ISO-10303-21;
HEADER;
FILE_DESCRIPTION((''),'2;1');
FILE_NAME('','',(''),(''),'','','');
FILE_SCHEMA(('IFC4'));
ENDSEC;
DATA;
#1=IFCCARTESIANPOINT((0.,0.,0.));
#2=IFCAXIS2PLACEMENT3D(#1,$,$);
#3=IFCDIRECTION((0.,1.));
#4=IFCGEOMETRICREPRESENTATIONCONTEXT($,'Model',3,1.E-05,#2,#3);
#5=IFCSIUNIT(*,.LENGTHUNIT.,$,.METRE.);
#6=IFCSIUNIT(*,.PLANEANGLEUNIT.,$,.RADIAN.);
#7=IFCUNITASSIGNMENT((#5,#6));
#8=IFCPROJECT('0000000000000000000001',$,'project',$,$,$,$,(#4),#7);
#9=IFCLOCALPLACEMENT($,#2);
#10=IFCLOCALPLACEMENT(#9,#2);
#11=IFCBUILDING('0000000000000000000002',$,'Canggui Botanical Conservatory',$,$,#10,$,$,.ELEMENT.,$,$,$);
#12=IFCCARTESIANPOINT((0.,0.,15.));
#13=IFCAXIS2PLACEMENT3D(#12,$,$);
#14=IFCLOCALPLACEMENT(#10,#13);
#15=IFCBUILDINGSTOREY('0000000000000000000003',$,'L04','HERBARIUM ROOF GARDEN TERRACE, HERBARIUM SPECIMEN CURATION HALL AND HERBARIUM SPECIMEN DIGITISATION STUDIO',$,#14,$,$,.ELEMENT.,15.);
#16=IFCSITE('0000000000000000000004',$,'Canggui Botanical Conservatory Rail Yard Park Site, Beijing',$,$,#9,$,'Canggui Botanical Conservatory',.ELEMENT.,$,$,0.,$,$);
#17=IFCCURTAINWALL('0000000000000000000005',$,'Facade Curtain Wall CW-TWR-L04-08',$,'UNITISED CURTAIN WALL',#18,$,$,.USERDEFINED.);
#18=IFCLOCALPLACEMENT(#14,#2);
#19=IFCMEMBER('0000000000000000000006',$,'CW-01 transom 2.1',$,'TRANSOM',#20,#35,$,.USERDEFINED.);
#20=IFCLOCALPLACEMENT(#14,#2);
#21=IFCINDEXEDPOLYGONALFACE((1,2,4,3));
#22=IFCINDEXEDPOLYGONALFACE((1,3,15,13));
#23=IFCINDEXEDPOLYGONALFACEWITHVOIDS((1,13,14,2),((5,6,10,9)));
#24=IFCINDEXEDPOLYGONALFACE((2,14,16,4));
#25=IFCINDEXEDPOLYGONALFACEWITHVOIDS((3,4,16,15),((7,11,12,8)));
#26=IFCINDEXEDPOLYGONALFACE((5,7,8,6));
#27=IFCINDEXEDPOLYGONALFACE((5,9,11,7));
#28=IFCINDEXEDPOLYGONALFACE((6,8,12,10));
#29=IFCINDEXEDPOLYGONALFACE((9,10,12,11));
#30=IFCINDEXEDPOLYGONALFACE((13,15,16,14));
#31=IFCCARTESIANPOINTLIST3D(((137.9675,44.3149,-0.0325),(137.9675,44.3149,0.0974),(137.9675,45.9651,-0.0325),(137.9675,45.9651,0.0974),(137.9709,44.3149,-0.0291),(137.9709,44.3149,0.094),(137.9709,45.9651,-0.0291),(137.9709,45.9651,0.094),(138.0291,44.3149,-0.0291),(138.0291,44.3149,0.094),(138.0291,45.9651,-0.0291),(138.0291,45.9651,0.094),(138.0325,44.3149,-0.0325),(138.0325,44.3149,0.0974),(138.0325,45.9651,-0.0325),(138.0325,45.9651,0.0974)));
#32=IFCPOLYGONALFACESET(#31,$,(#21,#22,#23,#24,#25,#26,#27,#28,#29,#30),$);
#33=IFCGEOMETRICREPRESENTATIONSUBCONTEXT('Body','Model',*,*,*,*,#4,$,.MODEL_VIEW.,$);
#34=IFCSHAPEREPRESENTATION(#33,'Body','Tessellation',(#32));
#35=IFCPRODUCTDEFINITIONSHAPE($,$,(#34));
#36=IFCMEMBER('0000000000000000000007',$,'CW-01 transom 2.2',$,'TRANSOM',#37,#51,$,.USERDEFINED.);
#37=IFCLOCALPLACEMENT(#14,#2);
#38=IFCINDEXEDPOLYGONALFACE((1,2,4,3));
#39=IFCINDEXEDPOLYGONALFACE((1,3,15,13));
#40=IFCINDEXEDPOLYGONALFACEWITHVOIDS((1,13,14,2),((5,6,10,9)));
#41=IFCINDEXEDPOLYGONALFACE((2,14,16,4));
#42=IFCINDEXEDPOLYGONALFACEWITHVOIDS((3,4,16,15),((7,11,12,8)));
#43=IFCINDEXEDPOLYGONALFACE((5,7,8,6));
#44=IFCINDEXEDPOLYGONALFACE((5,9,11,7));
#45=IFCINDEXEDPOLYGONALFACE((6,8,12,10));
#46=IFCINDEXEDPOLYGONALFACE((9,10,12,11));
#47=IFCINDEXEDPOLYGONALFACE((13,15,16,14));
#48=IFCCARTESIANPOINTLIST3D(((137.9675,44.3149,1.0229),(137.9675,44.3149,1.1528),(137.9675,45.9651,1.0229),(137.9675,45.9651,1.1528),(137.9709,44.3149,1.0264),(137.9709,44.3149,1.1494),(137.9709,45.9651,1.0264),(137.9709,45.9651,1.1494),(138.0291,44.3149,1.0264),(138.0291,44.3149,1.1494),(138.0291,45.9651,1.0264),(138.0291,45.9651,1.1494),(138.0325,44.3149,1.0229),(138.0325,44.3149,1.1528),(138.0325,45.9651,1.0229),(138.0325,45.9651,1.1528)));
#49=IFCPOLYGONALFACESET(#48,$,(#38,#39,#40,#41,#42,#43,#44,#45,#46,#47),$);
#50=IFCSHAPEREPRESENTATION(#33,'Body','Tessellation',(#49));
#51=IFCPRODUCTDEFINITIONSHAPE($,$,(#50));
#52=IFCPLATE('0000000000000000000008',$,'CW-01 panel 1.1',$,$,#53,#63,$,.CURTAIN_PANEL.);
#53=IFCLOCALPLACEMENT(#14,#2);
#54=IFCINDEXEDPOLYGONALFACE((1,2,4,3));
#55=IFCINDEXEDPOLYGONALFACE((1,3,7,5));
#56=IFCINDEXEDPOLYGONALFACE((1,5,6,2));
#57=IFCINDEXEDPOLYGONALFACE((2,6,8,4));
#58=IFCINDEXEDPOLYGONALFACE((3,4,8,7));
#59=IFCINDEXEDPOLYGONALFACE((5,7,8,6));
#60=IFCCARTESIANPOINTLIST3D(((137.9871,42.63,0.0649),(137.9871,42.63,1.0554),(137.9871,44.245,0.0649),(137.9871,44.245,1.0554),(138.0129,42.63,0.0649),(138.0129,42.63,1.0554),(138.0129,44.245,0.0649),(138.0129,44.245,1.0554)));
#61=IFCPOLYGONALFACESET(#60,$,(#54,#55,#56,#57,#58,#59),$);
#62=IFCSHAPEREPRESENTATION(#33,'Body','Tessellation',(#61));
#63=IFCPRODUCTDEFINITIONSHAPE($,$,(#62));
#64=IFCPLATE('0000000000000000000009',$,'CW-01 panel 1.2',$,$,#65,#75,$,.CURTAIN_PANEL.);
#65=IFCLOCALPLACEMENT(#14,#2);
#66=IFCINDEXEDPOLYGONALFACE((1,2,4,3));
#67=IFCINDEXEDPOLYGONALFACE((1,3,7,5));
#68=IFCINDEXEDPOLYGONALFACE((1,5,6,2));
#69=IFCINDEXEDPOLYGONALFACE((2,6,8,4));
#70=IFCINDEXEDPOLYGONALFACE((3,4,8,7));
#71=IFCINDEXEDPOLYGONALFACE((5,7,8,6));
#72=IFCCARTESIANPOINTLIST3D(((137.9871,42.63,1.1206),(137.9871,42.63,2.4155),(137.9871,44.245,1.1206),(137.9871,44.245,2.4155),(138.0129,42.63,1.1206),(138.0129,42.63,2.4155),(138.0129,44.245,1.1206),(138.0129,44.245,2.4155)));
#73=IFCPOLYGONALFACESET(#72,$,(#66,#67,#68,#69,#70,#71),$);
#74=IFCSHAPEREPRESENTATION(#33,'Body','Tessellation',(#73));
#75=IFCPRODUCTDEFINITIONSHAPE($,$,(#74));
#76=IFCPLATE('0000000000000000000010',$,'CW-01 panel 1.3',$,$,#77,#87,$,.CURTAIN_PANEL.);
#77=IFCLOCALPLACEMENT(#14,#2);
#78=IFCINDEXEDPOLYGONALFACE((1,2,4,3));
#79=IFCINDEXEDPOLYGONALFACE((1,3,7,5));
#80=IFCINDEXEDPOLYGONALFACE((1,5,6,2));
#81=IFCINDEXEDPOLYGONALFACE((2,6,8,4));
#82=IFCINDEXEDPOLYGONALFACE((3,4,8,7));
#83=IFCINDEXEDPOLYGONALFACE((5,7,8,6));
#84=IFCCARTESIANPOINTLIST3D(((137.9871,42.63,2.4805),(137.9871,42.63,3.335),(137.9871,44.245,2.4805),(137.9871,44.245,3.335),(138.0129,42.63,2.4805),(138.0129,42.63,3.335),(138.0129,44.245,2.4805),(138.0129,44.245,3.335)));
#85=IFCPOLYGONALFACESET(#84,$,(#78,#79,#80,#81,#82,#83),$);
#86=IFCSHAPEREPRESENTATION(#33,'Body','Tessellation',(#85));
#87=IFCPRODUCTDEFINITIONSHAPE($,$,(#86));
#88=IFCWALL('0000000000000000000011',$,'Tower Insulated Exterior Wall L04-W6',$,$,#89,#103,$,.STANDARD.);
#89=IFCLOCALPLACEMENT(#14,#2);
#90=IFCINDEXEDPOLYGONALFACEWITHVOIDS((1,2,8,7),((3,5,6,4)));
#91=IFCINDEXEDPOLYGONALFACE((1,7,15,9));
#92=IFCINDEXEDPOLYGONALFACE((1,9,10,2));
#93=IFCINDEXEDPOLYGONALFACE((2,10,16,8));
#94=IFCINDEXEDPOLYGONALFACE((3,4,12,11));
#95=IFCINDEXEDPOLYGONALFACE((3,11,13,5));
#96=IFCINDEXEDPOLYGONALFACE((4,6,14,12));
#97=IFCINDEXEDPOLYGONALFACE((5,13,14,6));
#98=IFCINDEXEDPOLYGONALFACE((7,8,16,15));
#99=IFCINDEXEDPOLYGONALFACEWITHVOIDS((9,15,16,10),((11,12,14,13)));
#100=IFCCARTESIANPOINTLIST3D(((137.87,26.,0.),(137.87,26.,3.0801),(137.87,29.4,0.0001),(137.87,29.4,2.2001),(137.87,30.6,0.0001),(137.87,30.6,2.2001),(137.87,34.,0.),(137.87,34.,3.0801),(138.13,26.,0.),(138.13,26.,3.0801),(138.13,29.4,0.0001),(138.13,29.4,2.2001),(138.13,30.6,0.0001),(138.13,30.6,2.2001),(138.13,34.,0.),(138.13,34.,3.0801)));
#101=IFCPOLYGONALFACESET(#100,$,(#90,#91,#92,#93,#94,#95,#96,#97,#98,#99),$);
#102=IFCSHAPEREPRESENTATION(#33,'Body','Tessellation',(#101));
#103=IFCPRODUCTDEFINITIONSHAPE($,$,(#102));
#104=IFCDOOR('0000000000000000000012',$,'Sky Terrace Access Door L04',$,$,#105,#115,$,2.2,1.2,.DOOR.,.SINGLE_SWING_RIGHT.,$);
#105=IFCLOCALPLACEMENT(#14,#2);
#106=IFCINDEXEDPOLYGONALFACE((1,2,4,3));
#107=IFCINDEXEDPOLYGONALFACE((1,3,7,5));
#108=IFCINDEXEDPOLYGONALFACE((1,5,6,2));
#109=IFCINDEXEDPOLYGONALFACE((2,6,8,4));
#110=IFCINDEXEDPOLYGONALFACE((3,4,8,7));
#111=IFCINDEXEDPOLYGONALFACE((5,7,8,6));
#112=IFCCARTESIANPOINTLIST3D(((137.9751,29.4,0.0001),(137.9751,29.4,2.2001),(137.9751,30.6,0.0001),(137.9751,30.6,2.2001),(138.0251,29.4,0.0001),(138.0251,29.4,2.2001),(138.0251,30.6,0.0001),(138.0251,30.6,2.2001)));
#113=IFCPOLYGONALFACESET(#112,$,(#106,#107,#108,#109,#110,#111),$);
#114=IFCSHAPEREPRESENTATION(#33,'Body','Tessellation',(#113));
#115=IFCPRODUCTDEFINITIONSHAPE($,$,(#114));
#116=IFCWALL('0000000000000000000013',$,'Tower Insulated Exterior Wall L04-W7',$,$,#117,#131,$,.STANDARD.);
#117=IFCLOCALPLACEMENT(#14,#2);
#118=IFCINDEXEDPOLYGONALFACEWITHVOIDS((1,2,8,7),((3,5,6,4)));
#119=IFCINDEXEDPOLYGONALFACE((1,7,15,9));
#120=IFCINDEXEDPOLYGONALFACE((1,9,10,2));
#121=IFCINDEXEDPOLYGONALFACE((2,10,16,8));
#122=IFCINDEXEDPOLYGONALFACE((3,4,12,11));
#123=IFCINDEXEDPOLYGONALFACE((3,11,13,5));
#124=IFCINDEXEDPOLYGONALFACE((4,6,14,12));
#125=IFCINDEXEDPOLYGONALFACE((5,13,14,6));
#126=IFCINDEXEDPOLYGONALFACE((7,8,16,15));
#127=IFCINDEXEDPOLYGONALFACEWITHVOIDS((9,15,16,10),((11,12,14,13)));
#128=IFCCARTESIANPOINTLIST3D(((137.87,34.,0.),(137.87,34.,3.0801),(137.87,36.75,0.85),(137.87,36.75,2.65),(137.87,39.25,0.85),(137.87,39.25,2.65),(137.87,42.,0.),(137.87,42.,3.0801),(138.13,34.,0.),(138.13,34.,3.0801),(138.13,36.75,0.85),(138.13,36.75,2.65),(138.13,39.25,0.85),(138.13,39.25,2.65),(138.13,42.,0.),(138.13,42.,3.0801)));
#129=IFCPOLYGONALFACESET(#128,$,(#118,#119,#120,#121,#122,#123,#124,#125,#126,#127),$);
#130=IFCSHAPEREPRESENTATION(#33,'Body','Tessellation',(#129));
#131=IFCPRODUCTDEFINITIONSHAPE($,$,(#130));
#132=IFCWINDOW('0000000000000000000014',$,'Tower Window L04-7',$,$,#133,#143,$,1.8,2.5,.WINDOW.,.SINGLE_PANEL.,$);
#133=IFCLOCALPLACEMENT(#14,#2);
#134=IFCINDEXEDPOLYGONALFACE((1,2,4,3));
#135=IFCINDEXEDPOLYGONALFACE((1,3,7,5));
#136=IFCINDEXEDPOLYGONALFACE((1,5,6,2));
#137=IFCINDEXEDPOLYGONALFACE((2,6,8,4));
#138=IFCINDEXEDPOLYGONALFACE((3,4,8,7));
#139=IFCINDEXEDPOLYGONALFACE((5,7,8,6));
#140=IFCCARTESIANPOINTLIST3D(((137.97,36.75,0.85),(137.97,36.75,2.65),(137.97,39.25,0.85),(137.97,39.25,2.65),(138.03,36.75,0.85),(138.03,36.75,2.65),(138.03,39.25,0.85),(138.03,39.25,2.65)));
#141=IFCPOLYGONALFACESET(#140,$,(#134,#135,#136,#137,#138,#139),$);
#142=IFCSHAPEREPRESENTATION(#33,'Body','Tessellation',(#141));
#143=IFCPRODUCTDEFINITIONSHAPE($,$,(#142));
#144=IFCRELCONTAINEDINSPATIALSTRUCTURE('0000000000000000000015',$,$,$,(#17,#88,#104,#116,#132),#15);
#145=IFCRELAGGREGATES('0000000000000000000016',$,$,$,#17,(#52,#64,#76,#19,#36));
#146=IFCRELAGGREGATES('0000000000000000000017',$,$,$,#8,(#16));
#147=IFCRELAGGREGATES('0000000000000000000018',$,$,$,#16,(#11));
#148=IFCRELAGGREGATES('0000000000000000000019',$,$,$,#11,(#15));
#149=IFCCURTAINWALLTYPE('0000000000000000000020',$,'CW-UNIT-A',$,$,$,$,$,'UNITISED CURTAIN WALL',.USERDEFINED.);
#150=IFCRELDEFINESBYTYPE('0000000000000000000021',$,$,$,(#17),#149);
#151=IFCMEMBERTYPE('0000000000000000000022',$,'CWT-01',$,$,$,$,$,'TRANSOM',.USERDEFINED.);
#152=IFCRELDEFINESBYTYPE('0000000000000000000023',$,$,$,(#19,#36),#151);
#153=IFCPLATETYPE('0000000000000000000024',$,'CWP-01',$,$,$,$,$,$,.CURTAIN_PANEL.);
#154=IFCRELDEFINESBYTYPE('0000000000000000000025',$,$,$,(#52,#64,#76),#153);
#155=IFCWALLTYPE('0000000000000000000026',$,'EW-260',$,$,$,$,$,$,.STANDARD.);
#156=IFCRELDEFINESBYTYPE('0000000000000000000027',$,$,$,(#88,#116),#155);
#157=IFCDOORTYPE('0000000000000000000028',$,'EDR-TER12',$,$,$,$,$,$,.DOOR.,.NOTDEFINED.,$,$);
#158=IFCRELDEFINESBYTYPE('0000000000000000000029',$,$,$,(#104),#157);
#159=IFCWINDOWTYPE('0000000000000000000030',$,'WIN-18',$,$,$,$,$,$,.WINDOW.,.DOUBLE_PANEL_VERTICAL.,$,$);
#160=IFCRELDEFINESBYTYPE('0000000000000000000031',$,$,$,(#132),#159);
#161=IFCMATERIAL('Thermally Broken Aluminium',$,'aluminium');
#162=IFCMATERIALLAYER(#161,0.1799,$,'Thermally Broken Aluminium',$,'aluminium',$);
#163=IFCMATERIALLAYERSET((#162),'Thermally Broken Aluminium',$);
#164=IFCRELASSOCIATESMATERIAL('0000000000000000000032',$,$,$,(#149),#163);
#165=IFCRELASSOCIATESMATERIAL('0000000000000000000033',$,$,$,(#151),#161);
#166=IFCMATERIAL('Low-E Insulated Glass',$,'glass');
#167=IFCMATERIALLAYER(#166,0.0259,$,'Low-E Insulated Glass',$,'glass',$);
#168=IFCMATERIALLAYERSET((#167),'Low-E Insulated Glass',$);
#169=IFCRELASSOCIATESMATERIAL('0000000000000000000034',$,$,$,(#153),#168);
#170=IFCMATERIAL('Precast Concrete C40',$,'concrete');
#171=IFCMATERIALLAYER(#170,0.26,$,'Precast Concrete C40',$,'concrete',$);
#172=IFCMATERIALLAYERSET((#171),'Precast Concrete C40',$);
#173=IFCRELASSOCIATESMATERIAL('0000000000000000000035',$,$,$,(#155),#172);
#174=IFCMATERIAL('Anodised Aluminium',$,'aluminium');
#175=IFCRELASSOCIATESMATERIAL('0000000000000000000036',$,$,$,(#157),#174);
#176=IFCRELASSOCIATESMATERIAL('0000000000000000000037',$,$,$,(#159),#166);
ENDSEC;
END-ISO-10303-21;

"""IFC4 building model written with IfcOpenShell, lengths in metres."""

from ifc_helpers import new_model, si_unit, direction, frame, frame_2d, origin, origin_2d, place, context, subcontext, project, spatial, rectangle, hollow_rectangle, extrude, material, layer, layer_set, material_profile, profile_set, type_object, element, fill, aggregate, save


model = new_model("IFC4")

# Units and contexts
model_context = context("Model", 3, precision=1e-05, world=origin(), true_north=direction((0.0, 1.0)))
body_context = subcontext(model_context, "Body", "Model", "MODEL_VIEW")
ifc_project = project(units=[si_unit("LENGTHUNIT", "METRE"), si_unit("PLANEANGLEUNIT", "RADIAN")], contexts=[model_context])

# Site, building, storey
site_placement = place(None, origin())
site = spatial("IfcSite", under=ifc_project, at=site_placement, Name="Canggui Botanical Conservatory Rail Yard Park Site, Beijing", LongName="Canggui Botanical Conservatory", CompositionType="ELEMENT", RefElevation=0.0)
building_placement = place(site_placement, origin())
building = spatial("IfcBuilding", under=site, at=building_placement, Name="Canggui Botanical Conservatory", CompositionType="ELEMENT")
storey_placement = place(building_placement, frame((0.0, 0.0, 15.0)))
storey = spatial("IfcBuildingStorey", under=building, at=storey_placement, Name="L04", Description="HERBARIUM ROOF GARDEN TERRACE, HERBARIUM SPECIMEN CURATION HALL AND HERBARIUM SPECIMEN DIGITISATION STUDIO", CompositionType="ELEMENT", Elevation=15.0)

# Curtain wall, members, plates
ifc_material_1 = material(Name="Thermally Broken Aluminium", Category="aluminium")
ifc_layer_1 = layer(ifc_material_1, 0.1799, Name="Thermally Broken Aluminium", Category="aluminium")
ifc_layer_set_1 = layer_set([ifc_layer_1], Name="Thermally Broken Aluminium")
curtain_wall_type = type_object("IfcCurtainWallType", Name="CW-UNIT-A", ElementType="UNITISED CURTAIN WALL", PredefinedType="USERDEFINED", material=ifc_layer_set_1)
curtain_wall_placement = place(storey_placement, origin())
curtain_wall = element("IfcCurtainWall", 1, at=curtain_wall_placement, inside=storey, type_object=curtain_wall_type, Name="Facade Curtain Wall CW-TWR-L04-08", ObjectType="UNITISED CURTAIN WALL", PredefinedType="USERDEFINED")
ifc_material_profile_1 = material_profile(ifc_material_1, hollow_rectangle(XDim=0.0649, YDim=0.1299, WallThickness=0.0034, at=origin_2d()), Name="CWT 65x130x3.5")
ifc_profile_set_1 = profile_set([ifc_material_profile_1], Name="Thermally Broken Aluminium")
member_type_1 = type_object("IfcMemberType", Name="CWT-01", ElementType="TRANSOM", PredefinedType="USERDEFINED", material=ifc_profile_set_1)
member_1_placement = place(storey_placement, frame((138.0, 44.3149, 0.0325), z_axis=(0.0, 1.0, 0.0), x_axis=(-1.0, 0.0, 0.0)))
member_1 = element("IfcMember", 2, at=member_1_placement, type_object=member_type_1, Name="CW-01 transom 2.1", ObjectType="TRANSOM", PredefinedType="USERDEFINED", context=body_context, shape_type="SweptSolid", body=[
    extrude(hollow_rectangle(XDim=0.0649, YDim=0.1299, WallThickness=0.0034, at=origin_2d()), origin(), (0.0, 0.0, 1.0), 1.6501),
])
member_2_placement = place(storey_placement, frame((138.0, 44.3149, 1.0879), z_axis=(0.0, 1.0, 0.0), x_axis=(-1.0, 0.0, 0.0)))
member_2 = element("IfcMember", 3, at=member_2_placement, type_object=member_type_1, Name="CW-01 transom 2.2", ObjectType="TRANSOM", PredefinedType="USERDEFINED", context=body_context, shape_type="SweptSolid", body=[
    extrude(hollow_rectangle(XDim=0.0649, YDim=0.1299, WallThickness=0.0034, at=origin_2d()), origin(), (0.0, 0.0, 1.0), 1.6501),
])
ifc_material_2 = material(Name="Low-E Insulated Glass", Category="glass")
ifc_layer_2 = layer(ifc_material_2, 0.0259, Name="Low-E Insulated Glass", Category="glass")
ifc_layer_set_2 = layer_set([ifc_layer_2], Name="Low-E Insulated Glass")
plate_type = type_object("IfcPlateType", Name="CWP-01", PredefinedType="CURTAIN_PANEL", material=ifc_layer_set_2)
plate_1_placement = place(storey_placement, frame((138.0, 43.4375, 0.0649), z_axis=(0.0, 0.0, 1.0), x_axis=(0.0, 1.0, 0.0)))
plate_1 = element("IfcPlate", 4, at=plate_1_placement, type_object=plate_type, Name="CW-01 panel 1.1", PredefinedType="CURTAIN_PANEL", context=body_context, shape_type="SweptSolid", body=[
    extrude(rectangle(XDim=1.615, YDim=0.0259, at=origin_2d()), origin(), (0.0, 0.0, 1.0), 0.9905),
])
plate_2_placement = place(storey_placement, frame((138.0, 43.4375, 1.1206), z_axis=(0.0, 0.0, 1.0), x_axis=(0.0, 1.0, 0.0)))
plate_2 = element("IfcPlate", 5, at=plate_2_placement, type_object=plate_type, Name="CW-01 panel 1.2", PredefinedType="CURTAIN_PANEL", context=body_context, shape_type="SweptSolid", body=[
    extrude(rectangle(XDim=1.615, YDim=0.0259, at=origin_2d()), origin(), (0.0, 0.0, 1.0), 1.2949),
])
plate_3_placement = place(storey_placement, frame((138.0, 43.4375, 2.4805), z_axis=(0.0, 0.0, 1.0), x_axis=(0.0, 1.0, 0.0)))
plate_3 = element("IfcPlate", 6, at=plate_3_placement, type_object=plate_type, Name="CW-01 panel 1.3", PredefinedType="CURTAIN_PANEL", context=body_context, shape_type="SweptSolid", body=[
    extrude(rectangle(XDim=1.615, YDim=0.0259, at=origin_2d()), origin(), (0.0, 0.0, 1.0), 0.8545),
])
aggregate(curtain_wall, [plate_1, plate_2, plate_3, member_1, member_2])

# Wall, opening, door
ifc_material_3 = material(Name="Precast Concrete C40", Category="concrete")
ifc_layer_3 = layer(ifc_material_3, 0.26, Name="Precast Concrete C40", Category="concrete")
ifc_layer_set_3 = layer_set([ifc_layer_3], Name="Precast Concrete C40")
wall_type = type_object("IfcWallType", Name="EW-260", PredefinedType="STANDARD", material=ifc_layer_set_3)
wall_1_placement = place(storey_placement, frame((138.0, 26.0, 0.0), z_axis=(0.0, 0.0, 1.0), x_axis=(0.0, 1.0, 0.0)))
wall_1 = element("IfcWall", 7, at=wall_1_placement, inside=storey, type_object=wall_type, Name="Tower Insulated Exterior Wall L04-W6", PredefinedType="STANDARD", context=body_context, shape_type="SweptSolid", body=[
    extrude(rectangle(XDim=8.0, YDim=0.26, at=frame_2d((4.0, 0.0))), origin(), (0.0, 0.0, 1.0), 3.0801),
])
opening_1_placement = place(wall_1_placement, frame((3.3999, 0.0, 0.0)))
opening_1 = element("IfcOpeningElement", 8, at=opening_1_placement, cuts=wall_1, PredefinedType="OPENING", context=body_context, shape_type="SweptSolid", body=[
    extrude(rectangle(XDim=1.2, YDim=2.2, at=frame_2d((0.6001, 1.1001))), frame((0.0, 0.1401, 0.0), z_axis=(0.0, -1.0, 0.0), x_axis=(1.0, 0.0, 0.0)), (0.0, 0.0, 1.0), 0.28),
])
ifc_material_4 = material(Name="Anodised Aluminium", Category="aluminium")
door_type = type_object("IfcDoorType", Name="EDR-TER12", OperationType="NOTDEFINED", PredefinedType="DOOR", material=ifc_material_4)
door_placement = place(opening_1_placement, origin())
door = element("IfcDoor", 9, at=door_placement, inside=storey, type_object=door_type, Name="Sky Terrace Access Door L04", OperationType="SINGLE_SWING_RIGHT", OverallHeight=2.2, OverallWidth=1.2, PredefinedType="DOOR", context=body_context, shape_type="SweptSolid", body=[
    extrude(rectangle(XDim=1.2, YDim=2.2, at=frame_2d((0.6001, 1.1001))), frame((0.0, 0.0249, 0.0), z_axis=(0.0, -1.0, 0.0), x_axis=(1.0, 0.0, 0.0)), (0.0, 0.0, 1.0), 0.05),
])
fill(opening_1, door)

# Wall, opening, window
wall_2_placement = place(storey_placement, frame((138.0, 34.0, 0.0), z_axis=(0.0, 0.0, 1.0), x_axis=(0.0, 1.0, 0.0)))
wall_2 = element("IfcWall", 10, at=wall_2_placement, inside=storey, type_object=wall_type, Name="Tower Insulated Exterior Wall L04-W7", PredefinedType="STANDARD", context=body_context, shape_type="SweptSolid", body=[
    extrude(rectangle(XDim=8.0, YDim=0.26, at=frame_2d((4.0, 0.0))), origin(), (0.0, 0.0, 1.0), 3.0801),
])
opening_2_placement = place(wall_2_placement, frame((2.75, 0.0, 0.8501)))
opening_2 = element("IfcOpeningElement", 11, at=opening_2_placement, cuts=wall_2, PredefinedType="OPENING", context=body_context, shape_type="SweptSolid", body=[
    extrude(rectangle(XDim=2.5, YDim=1.8, at=frame_2d((1.25, 0.8999))), frame((0.0, 0.1401, 0.0), z_axis=(0.0, -1.0, 0.0), x_axis=(1.0, 0.0, 0.0)), (0.0, 0.0, 1.0), 0.28),
])
window_type = type_object("IfcWindowType", Name="WIN-18", PartitioningType="DOUBLE_PANEL_VERTICAL", PredefinedType="WINDOW", material=ifc_material_2)
window_placement = place(opening_2_placement, origin())
window = element("IfcWindow", 12, at=window_placement, inside=storey, type_object=window_type, Name="Tower Window L04-7", OverallHeight=1.8, OverallWidth=2.5, PartitioningType="SINGLE_PANEL", PredefinedType="WINDOW", context=body_context, shape_type="SweptSolid", body=[
    extrude(rectangle(XDim=2.5, YDim=1.8, at=frame_2d((1.25, 0.8999))), frame((0.0, 0.03, 0.0), z_axis=(0.0, -1.0, 0.0), x_axis=(1.0, 0.0, 0.0)), (0.0, 0.0, 1.0), 0.0601),
])
fill(opening_2, window)

save(model, "model.ifc")
